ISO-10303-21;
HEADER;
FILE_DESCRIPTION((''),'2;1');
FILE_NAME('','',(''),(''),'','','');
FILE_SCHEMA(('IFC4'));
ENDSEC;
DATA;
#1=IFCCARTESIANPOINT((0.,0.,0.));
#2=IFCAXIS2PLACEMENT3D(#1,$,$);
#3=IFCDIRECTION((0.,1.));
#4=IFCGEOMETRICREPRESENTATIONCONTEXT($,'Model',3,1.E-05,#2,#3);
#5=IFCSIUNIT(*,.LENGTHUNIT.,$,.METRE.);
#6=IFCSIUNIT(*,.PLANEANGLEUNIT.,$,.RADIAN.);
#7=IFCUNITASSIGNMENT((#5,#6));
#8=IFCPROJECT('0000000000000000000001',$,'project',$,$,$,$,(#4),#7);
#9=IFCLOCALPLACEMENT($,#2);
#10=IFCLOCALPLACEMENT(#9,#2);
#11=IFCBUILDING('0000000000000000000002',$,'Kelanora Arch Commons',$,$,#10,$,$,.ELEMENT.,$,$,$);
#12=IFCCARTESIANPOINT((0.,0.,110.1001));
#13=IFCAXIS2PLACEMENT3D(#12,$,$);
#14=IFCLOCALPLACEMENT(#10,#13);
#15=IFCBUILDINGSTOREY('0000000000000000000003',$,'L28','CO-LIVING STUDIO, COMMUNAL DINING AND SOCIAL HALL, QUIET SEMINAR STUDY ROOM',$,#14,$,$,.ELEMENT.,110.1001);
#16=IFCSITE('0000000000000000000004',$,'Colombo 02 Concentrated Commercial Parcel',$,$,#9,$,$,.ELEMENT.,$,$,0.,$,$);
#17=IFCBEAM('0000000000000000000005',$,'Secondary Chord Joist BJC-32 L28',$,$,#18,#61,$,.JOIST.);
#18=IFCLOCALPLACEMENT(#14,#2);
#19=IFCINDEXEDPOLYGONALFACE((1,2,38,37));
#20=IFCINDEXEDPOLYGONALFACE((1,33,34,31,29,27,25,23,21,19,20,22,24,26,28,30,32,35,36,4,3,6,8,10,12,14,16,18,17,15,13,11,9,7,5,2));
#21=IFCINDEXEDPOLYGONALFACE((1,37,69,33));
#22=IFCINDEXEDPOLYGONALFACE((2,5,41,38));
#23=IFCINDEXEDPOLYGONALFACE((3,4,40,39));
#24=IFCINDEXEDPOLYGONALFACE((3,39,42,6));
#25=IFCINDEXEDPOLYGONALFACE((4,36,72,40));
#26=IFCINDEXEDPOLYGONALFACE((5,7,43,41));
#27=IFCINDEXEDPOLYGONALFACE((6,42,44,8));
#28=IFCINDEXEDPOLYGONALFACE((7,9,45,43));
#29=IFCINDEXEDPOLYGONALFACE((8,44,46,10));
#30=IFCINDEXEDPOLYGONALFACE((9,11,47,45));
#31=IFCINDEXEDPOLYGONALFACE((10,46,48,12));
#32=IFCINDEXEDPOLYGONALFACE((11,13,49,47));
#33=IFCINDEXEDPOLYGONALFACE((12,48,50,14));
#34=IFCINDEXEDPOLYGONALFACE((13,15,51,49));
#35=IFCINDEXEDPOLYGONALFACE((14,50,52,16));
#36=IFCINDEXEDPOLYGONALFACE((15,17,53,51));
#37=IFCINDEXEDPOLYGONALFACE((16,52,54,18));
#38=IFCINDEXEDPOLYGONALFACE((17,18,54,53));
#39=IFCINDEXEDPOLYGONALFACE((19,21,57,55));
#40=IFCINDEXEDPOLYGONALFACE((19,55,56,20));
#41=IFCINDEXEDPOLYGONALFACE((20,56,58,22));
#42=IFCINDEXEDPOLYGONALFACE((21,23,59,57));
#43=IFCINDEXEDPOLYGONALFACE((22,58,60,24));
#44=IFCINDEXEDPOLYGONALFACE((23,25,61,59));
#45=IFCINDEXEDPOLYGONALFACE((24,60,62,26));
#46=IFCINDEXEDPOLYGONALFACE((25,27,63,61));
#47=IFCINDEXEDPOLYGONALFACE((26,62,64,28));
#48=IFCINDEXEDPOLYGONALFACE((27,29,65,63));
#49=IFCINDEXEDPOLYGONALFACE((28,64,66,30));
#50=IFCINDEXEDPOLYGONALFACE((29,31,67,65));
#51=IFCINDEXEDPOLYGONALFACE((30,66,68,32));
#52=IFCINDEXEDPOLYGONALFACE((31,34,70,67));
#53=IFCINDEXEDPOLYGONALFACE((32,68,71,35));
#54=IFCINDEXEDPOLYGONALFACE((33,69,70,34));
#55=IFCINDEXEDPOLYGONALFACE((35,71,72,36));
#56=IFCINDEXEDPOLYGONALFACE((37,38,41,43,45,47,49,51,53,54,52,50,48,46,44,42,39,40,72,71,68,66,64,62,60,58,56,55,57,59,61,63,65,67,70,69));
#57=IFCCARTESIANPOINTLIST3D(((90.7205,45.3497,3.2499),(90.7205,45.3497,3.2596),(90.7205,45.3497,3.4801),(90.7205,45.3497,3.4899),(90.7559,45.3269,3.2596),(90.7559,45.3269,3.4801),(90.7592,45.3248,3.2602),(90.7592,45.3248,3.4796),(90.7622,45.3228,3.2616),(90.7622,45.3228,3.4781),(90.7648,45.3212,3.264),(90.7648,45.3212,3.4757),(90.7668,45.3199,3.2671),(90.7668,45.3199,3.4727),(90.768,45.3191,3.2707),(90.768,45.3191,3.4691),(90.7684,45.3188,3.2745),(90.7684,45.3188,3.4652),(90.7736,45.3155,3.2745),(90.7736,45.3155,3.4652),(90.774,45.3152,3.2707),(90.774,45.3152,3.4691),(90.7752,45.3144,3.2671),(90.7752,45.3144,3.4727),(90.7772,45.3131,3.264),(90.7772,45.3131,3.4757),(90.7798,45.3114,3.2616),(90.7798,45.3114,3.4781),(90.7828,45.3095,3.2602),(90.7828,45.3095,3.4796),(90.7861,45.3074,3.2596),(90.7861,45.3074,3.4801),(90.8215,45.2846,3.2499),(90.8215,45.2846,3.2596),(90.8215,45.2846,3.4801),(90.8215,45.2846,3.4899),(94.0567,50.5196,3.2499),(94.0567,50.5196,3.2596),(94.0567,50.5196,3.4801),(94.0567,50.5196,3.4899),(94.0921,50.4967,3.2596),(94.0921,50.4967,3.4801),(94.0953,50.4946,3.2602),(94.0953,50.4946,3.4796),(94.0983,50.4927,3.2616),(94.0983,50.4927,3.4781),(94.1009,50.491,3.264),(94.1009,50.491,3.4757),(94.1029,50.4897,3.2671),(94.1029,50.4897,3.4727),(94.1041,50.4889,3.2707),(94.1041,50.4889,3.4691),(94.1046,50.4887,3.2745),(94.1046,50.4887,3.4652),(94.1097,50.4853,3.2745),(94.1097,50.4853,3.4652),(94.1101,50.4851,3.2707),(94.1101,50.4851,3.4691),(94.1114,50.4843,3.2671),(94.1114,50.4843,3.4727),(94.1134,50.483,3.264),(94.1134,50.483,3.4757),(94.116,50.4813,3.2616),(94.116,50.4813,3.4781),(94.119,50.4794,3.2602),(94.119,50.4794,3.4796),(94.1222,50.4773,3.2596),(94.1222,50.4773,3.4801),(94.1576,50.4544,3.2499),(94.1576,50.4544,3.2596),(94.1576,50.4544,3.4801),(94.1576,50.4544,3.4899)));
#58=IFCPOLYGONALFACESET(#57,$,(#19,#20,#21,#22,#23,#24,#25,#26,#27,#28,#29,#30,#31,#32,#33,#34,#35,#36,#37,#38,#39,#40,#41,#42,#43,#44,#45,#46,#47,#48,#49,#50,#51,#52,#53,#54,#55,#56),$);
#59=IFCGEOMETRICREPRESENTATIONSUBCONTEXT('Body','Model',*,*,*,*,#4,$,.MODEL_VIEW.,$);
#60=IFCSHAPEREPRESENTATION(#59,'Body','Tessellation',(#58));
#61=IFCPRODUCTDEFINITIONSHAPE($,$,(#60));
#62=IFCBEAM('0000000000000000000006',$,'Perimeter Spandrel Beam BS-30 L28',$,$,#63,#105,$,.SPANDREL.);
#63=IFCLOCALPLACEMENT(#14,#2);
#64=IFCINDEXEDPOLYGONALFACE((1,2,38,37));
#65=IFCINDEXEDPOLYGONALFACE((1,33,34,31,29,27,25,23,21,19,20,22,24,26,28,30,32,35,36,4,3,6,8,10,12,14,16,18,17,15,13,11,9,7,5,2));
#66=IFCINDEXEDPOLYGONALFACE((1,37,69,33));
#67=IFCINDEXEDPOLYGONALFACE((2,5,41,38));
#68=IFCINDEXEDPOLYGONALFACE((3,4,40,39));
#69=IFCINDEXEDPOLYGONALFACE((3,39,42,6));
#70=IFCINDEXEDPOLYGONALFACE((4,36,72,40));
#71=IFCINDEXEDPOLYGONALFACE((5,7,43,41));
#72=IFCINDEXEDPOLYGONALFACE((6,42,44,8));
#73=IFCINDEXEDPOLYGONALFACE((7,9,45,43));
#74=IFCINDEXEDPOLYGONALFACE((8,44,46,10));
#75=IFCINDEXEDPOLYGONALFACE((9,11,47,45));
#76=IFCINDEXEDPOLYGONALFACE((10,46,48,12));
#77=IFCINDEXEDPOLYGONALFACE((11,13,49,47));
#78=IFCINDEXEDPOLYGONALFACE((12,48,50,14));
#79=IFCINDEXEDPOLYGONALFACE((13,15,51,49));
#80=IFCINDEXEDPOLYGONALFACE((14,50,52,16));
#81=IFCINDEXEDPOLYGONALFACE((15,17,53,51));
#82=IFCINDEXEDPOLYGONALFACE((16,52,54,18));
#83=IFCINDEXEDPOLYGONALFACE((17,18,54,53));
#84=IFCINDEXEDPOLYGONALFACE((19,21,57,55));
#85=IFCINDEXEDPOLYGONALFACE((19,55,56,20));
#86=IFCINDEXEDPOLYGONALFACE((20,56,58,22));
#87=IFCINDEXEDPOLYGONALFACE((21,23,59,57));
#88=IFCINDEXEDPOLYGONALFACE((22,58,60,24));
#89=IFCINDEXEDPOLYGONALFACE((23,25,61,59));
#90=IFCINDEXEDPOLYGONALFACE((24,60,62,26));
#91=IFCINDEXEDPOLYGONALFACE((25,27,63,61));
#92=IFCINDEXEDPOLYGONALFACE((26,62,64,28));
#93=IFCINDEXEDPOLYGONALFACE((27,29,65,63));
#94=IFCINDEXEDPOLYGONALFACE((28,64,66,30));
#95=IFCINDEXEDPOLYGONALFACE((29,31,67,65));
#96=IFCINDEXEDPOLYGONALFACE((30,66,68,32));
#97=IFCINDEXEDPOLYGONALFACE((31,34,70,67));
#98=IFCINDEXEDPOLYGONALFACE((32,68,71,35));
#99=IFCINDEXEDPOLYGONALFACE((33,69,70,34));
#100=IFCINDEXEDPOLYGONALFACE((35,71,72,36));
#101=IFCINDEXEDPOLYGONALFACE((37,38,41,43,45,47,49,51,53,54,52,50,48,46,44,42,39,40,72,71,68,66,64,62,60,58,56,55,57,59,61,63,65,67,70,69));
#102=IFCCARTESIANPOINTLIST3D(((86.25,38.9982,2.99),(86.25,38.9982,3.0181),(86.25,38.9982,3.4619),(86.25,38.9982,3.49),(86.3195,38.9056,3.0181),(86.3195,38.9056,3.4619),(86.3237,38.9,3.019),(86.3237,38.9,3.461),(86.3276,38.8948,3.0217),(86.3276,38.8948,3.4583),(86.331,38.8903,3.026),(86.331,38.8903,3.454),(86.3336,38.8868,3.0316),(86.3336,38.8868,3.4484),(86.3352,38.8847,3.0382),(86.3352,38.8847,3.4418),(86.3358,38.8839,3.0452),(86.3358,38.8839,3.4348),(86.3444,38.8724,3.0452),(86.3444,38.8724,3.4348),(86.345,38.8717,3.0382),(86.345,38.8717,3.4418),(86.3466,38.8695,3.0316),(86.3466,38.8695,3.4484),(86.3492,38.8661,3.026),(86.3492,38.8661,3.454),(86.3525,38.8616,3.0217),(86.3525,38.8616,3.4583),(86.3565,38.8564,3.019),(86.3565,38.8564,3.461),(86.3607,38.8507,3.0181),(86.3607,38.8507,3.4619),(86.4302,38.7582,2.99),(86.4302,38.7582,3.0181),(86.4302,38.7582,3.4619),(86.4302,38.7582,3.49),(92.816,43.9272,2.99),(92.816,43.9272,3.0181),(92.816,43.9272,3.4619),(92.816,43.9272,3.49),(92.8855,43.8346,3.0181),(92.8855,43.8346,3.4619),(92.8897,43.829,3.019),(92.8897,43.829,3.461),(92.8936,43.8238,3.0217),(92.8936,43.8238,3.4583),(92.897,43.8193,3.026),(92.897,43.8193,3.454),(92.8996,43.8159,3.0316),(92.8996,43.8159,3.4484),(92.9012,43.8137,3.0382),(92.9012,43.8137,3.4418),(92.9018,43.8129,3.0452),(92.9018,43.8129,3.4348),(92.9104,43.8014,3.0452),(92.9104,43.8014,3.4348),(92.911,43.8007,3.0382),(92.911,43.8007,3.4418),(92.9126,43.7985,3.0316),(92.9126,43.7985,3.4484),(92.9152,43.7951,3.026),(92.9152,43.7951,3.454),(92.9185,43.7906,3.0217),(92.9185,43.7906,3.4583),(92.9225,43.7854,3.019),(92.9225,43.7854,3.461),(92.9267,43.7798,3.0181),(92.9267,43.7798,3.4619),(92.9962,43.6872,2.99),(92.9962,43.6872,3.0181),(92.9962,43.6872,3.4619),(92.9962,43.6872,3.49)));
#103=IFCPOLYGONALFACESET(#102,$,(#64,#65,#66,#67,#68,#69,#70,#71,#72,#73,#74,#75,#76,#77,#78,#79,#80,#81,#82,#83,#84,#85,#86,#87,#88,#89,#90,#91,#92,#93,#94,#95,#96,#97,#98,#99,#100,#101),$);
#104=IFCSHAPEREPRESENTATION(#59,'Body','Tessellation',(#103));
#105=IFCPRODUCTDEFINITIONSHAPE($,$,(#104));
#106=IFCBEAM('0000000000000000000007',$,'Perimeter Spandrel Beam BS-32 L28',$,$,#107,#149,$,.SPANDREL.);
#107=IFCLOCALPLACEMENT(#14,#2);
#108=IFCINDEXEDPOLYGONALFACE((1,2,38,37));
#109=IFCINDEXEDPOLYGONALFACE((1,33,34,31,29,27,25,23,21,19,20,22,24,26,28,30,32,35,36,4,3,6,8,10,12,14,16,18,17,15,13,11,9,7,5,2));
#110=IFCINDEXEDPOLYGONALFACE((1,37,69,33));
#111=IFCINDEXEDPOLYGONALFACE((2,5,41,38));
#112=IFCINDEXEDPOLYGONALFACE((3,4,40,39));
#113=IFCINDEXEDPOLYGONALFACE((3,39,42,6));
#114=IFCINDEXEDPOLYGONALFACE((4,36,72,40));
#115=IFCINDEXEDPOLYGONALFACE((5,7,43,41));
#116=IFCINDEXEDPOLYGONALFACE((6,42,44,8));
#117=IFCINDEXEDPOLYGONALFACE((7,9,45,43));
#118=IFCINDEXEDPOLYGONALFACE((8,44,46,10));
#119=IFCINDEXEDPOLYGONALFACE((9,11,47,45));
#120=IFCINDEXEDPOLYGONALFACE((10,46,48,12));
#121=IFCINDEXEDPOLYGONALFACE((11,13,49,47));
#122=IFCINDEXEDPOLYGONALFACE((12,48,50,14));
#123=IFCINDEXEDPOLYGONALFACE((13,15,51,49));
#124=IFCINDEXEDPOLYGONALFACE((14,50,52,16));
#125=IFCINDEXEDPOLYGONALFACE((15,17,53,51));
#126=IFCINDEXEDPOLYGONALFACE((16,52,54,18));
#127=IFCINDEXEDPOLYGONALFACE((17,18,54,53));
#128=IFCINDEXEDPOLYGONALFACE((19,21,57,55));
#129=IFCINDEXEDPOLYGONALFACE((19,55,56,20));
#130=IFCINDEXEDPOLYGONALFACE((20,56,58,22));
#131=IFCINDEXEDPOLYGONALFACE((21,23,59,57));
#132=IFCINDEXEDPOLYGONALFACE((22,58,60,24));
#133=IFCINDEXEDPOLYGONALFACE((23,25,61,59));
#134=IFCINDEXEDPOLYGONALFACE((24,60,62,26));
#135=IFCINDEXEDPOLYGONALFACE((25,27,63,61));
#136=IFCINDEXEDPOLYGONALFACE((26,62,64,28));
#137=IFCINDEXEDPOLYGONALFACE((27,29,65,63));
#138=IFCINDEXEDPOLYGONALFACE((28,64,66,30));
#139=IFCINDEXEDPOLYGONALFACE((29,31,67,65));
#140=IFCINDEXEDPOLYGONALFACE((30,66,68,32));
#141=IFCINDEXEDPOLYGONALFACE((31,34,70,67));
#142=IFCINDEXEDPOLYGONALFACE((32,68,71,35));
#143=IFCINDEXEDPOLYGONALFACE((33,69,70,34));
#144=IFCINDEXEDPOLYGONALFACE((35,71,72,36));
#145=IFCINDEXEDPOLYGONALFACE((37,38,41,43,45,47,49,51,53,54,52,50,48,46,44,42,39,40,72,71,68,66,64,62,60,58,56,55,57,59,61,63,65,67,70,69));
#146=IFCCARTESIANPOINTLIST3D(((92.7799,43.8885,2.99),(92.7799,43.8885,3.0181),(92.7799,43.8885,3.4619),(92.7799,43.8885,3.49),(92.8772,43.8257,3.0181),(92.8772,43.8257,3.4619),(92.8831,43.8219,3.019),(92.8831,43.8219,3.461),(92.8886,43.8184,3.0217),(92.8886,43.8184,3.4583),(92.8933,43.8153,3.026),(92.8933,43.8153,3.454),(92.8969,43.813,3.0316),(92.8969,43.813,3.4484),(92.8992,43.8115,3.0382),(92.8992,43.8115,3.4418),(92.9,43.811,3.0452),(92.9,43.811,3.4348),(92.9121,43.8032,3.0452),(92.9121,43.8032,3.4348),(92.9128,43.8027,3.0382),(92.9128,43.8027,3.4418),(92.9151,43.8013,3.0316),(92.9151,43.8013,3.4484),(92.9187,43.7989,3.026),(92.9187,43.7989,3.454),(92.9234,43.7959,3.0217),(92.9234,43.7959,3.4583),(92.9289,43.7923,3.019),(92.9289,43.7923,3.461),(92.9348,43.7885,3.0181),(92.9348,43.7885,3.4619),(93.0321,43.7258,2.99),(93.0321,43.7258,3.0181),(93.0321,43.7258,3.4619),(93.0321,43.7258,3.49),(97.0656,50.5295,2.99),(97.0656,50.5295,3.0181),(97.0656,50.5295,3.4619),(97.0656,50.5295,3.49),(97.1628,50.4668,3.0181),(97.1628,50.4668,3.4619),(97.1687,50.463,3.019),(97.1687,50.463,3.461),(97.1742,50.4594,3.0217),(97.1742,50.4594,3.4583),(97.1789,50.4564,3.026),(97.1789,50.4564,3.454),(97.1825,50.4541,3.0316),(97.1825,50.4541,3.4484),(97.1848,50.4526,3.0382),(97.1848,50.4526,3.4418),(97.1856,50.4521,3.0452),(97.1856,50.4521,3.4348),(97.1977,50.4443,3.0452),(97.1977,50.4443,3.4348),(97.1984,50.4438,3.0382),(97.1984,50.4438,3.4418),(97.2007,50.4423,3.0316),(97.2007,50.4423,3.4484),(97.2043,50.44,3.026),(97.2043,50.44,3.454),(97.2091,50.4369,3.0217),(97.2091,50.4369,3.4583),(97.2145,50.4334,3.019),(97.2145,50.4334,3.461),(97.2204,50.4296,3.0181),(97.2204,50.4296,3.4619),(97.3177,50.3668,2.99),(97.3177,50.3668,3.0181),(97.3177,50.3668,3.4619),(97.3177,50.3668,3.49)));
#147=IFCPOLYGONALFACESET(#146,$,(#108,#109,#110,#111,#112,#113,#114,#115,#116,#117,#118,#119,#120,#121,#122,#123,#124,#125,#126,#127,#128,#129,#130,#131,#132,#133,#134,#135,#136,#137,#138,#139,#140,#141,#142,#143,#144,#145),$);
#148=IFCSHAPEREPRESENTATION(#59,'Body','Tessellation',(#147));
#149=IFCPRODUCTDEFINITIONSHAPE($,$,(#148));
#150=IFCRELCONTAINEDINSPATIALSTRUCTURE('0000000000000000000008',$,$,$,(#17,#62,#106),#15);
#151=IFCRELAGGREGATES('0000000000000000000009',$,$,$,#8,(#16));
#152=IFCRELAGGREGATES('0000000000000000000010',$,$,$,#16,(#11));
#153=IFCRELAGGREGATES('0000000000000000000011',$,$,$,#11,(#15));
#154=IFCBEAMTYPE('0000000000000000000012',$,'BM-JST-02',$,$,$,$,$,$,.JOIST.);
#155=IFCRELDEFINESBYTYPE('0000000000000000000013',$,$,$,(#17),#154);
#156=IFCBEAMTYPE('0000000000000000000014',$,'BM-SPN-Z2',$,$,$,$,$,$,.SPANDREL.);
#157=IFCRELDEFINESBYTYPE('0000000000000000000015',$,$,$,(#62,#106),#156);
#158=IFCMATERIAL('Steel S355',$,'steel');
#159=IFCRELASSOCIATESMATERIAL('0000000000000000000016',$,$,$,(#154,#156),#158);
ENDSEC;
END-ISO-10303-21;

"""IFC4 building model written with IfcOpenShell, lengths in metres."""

from ifc_helpers import new_model, si_unit, direction, frame, origin, origin_2d, place, context, subcontext, project, spatial, i_section, extrude, material, material_profile, profile_set, type_object, element, save


model = new_model("IFC4")

# Units and contexts
model_context = context("Model", 3, precision=1e-05, world=origin(), true_north=direction((0.0, 1.0)))
body_context = subcontext(model_context, "Body", "Model", "MODEL_VIEW")
ifc_project = project(units=[si_unit("LENGTHUNIT", "METRE"), si_unit("PLANEANGLEUNIT", "RADIAN")], contexts=[model_context])

# Site, building, storey
site_placement = place(None, origin())
site = spatial("IfcSite", under=ifc_project, at=site_placement, Name="Colombo 02 Concentrated Commercial Parcel", CompositionType="ELEMENT", RefElevation=0.0)
building_placement = place(site_placement, origin())
building = spatial("IfcBuilding", under=site, at=building_placement, Name="Kelanora Arch Commons", CompositionType="ELEMENT")
storey_placement = place(building_placement, frame((0.0, 0.0, 110.1001)))
storey = spatial("IfcBuildingStorey", under=building, at=storey_placement, Name="L28", Description="CO-LIVING STUDIO, COMMUNAL DINING AND SOCIAL HALL, QUIET SEMINAR STUDY ROOM", CompositionType="ELEMENT", Elevation=110.1001)

# Beams
ifc_material_1 = material(Name="Steel S355", Category="steel")
ifc_material_profile_1 = material_profile(ifc_material_1, i_section(OverallWidth=0.1201, OverallDepth=0.24, WebThickness=0.0061, FlangeThickness=0.0098, FilletRadius=0.0149, at=origin_2d()), Name="IPE240")
ifc_profile_set_1 = profile_set([ifc_material_profile_1], Name="Steel S355")
beam_type_1 = type_object("IfcBeamType", Name="BM-JST-02", PredefinedType="JOIST", material=ifc_profile_set_1)
beam_1_placement = place(storey_placement, frame((90.771, 45.3171, 3.3699), z_axis=(0.542213, 0.840241, 0.0), x_axis=(-0.840241, 0.542213, 0.0)))
element("IfcBeam", 1, at=beam_1_placement, inside=storey, type_object=beam_type_1, Name="Secondary Chord Joist BJC-32 L28", PredefinedType="JOIST", context=body_context, shape_type="SweptSolid", body=[
    extrude(i_section(OverallWidth=0.1201, OverallDepth=0.24, WebThickness=0.0061, FlangeThickness=0.0098, FilletRadius=0.0149, at=origin_2d()), origin(), (0.0, 0.0, 1.0), 6.1528),
])
ifc_material_profile_2 = material_profile(ifc_material_1, i_section(OverallWidth=0.3, OverallDepth=0.5, WebThickness=0.0144, FlangeThickness=0.0281, FilletRadius=0.0271, at=origin_2d()), Name="HEB500")
ifc_profile_set_2 = profile_set([ifc_material_profile_2], Name="Steel S355")
beam_type_2 = type_object("IfcBeamType", Name="BM-SPN-Z2", PredefinedType="SPANDREL", material=ifc_profile_set_2)
beam_2_placement = place(storey_placement, frame((86.3401, 38.8782, 3.24), z_axis=(0.799736, 0.600352, 0.0), x_axis=(-0.600352, 0.799736, 0.0)))
element("IfcBeam", 2, at=beam_2_placement, inside=storey, type_object=beam_type_2, Name="Perimeter Spandrel Beam BS-30 L28", PredefinedType="SPANDREL", context=body_context, shape_type="SweptSolid", body=[
    extrude(i_section(OverallWidth=0.3, OverallDepth=0.5, WebThickness=0.0144, FlangeThickness=0.0281, FilletRadius=0.0271, at=origin_2d()), origin(), (0.0, 0.0, 1.0), 8.2102),
])
beam_3_placement = place(storey_placement, frame((92.906, 43.8071, 3.24), z_axis=(0.542221, 0.840236, 0.0), x_axis=(-0.840236, 0.542221, 0.0)))
element("IfcBeam", 3, at=beam_3_placement, inside=storey, type_object=beam_type_2, Name="Perimeter Spandrel Beam BS-32 L28", PredefinedType="SPANDREL", context=body_context, shape_type="SweptSolid", body=[
    extrude(i_section(OverallWidth=0.3, OverallDepth=0.5, WebThickness=0.0144, FlangeThickness=0.0281, FilletRadius=0.0271, at=origin_2d()), origin(), (0.0, 0.0, 1.0), 7.9038),
])

save(model, "model.ifc")
